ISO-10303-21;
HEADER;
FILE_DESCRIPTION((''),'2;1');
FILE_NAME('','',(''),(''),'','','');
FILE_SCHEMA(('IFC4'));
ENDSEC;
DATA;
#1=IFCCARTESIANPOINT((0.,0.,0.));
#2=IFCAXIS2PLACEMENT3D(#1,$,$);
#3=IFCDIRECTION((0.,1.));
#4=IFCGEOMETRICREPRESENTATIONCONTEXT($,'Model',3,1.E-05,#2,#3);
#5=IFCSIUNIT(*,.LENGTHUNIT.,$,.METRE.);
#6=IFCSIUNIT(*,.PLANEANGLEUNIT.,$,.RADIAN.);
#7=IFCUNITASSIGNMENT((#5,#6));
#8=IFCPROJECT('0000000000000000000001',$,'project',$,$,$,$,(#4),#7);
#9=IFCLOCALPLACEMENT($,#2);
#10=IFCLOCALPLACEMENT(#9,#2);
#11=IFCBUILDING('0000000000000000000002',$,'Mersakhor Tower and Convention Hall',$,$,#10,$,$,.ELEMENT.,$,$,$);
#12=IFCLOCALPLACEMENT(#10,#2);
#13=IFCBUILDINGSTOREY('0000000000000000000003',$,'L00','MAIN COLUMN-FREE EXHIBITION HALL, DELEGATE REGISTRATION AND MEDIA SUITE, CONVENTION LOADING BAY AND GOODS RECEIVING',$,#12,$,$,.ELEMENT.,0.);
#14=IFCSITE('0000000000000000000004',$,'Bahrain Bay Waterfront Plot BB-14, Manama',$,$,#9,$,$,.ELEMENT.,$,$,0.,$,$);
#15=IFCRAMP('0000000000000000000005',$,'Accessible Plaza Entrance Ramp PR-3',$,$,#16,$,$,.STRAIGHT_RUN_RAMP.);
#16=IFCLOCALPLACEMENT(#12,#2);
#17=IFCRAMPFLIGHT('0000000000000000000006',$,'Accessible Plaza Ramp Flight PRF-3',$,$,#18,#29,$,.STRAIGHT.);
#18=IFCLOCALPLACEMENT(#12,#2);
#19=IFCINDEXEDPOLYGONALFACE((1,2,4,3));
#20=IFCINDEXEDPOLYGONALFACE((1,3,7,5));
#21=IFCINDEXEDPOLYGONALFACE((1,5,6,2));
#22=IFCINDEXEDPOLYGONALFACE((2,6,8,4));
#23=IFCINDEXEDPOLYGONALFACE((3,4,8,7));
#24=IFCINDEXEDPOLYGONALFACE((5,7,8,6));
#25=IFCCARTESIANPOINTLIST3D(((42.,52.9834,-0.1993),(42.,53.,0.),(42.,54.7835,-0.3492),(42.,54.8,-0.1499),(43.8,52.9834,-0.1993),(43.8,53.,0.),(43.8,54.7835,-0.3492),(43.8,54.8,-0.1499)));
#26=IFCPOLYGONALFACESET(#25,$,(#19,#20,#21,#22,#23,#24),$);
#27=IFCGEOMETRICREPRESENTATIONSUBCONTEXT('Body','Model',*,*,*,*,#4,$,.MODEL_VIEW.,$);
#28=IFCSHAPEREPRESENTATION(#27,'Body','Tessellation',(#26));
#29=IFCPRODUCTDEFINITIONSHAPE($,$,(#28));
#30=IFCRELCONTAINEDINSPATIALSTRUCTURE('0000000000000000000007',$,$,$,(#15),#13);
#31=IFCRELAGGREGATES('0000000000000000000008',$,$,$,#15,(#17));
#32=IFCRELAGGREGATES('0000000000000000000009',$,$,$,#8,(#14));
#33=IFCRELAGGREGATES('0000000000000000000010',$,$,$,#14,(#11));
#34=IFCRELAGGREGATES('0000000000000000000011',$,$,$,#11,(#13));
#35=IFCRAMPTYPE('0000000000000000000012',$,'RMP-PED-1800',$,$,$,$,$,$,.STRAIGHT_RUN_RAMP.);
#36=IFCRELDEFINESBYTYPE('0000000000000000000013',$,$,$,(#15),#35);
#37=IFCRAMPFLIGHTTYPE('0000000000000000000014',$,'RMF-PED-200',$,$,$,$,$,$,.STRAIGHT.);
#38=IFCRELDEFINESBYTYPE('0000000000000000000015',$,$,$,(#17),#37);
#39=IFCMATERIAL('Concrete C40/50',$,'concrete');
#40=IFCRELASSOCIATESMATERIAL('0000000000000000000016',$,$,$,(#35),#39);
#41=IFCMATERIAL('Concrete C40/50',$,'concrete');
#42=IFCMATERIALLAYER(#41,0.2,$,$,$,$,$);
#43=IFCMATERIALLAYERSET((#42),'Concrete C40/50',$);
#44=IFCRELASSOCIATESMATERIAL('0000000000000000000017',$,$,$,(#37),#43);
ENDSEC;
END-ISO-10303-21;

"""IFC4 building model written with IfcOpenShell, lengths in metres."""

from ifc_helpers import new_model, si_unit, direction, frame, origin, place, context, subcontext, project, spatial, polyline, outline, extrude, material, layer, layer_set, type_object, element, aggregate, save


model = new_model("IFC4")

# Units and contexts
model_context = context("Model", 3, precision=1e-05, world=origin(), true_north=direction((0.0, 1.0)))
body_context = subcontext(model_context, "Body", "Model", "MODEL_VIEW")
ifc_project = project(units=[si_unit("LENGTHUNIT", "METRE"), si_unit("PLANEANGLEUNIT", "RADIAN")], contexts=[model_context])

# Site, building, storey
site_placement = place(None, origin())
site = spatial("IfcSite", under=ifc_project, at=site_placement, Name="Bahrain Bay Waterfront Plot BB-14, Manama", CompositionType="ELEMENT", RefElevation=0.0)
building_placement = place(site_placement, origin())
building = spatial("IfcBuilding", under=site, at=building_placement, Name="Mersakhor Tower and Convention Hall", CompositionType="ELEMENT")
storey_placement = place(building_placement, origin())
storey = spatial("IfcBuildingStorey", under=building, at=storey_placement, Name="L00", Description="MAIN COLUMN-FREE EXHIBITION HALL, DELEGATE REGISTRATION AND MEDIA SUITE, CONVENTION LOADING BAY AND GOODS RECEIVING", CompositionType="ELEMENT", Elevation=0.0)

# Ramp, ramp flight
ifc_material_1 = material(Name="Concrete C40/50", Category="concrete")
ramp_type = type_object("IfcRampType", Name="RMP-PED-1800", PredefinedType="STRAIGHT_RUN_RAMP", material=ifc_material_1)
ramp_placement = place(storey_placement, origin())
ramp = element("IfcRamp", 1, at=ramp_placement, inside=storey, type_object=ramp_type, Name="Accessible Plaza Entrance Ramp PR-3", PredefinedType="STRAIGHT_RUN_RAMP")
ifc_material_2 = material(Name="Concrete C40/50", Category="concrete")
ifc_layer_1 = layer(ifc_material_2, 0.2)
ifc_layer_set_1 = layer_set([ifc_layer_1], Name="Concrete C40/50")
ramp_flight_type = type_object("IfcRampFlightType", Name="RMF-PED-200", PredefinedType="STRAIGHT", material=ifc_layer_set_1)
ramp_flight_placement = place(storey_placement, frame((42.0, 54.8, -0.1499), z_axis=(0.0, 0.08299, 0.99655), x_axis=(1.0, 0.0, 0.0)))
ramp_flight = element("IfcRampFlight", 2, at=ramp_flight_placement, type_object=ramp_flight_type, Name="Accessible Plaza Ramp Flight PRF-3", PredefinedType="STRAIGHT", context=body_context, shape_type="SweptSolid", body=[
    extrude(outline(polyline([(0.0, 0.0), (1.8, 0.0), (1.8, -1.8063), (0.0, -1.8063), (0.0, 0.0)])), origin(), (0.0, 0.0, -1.0), 0.2),
])
aggregate(ramp, [ramp_flight])

save(model, "model.ifc")
